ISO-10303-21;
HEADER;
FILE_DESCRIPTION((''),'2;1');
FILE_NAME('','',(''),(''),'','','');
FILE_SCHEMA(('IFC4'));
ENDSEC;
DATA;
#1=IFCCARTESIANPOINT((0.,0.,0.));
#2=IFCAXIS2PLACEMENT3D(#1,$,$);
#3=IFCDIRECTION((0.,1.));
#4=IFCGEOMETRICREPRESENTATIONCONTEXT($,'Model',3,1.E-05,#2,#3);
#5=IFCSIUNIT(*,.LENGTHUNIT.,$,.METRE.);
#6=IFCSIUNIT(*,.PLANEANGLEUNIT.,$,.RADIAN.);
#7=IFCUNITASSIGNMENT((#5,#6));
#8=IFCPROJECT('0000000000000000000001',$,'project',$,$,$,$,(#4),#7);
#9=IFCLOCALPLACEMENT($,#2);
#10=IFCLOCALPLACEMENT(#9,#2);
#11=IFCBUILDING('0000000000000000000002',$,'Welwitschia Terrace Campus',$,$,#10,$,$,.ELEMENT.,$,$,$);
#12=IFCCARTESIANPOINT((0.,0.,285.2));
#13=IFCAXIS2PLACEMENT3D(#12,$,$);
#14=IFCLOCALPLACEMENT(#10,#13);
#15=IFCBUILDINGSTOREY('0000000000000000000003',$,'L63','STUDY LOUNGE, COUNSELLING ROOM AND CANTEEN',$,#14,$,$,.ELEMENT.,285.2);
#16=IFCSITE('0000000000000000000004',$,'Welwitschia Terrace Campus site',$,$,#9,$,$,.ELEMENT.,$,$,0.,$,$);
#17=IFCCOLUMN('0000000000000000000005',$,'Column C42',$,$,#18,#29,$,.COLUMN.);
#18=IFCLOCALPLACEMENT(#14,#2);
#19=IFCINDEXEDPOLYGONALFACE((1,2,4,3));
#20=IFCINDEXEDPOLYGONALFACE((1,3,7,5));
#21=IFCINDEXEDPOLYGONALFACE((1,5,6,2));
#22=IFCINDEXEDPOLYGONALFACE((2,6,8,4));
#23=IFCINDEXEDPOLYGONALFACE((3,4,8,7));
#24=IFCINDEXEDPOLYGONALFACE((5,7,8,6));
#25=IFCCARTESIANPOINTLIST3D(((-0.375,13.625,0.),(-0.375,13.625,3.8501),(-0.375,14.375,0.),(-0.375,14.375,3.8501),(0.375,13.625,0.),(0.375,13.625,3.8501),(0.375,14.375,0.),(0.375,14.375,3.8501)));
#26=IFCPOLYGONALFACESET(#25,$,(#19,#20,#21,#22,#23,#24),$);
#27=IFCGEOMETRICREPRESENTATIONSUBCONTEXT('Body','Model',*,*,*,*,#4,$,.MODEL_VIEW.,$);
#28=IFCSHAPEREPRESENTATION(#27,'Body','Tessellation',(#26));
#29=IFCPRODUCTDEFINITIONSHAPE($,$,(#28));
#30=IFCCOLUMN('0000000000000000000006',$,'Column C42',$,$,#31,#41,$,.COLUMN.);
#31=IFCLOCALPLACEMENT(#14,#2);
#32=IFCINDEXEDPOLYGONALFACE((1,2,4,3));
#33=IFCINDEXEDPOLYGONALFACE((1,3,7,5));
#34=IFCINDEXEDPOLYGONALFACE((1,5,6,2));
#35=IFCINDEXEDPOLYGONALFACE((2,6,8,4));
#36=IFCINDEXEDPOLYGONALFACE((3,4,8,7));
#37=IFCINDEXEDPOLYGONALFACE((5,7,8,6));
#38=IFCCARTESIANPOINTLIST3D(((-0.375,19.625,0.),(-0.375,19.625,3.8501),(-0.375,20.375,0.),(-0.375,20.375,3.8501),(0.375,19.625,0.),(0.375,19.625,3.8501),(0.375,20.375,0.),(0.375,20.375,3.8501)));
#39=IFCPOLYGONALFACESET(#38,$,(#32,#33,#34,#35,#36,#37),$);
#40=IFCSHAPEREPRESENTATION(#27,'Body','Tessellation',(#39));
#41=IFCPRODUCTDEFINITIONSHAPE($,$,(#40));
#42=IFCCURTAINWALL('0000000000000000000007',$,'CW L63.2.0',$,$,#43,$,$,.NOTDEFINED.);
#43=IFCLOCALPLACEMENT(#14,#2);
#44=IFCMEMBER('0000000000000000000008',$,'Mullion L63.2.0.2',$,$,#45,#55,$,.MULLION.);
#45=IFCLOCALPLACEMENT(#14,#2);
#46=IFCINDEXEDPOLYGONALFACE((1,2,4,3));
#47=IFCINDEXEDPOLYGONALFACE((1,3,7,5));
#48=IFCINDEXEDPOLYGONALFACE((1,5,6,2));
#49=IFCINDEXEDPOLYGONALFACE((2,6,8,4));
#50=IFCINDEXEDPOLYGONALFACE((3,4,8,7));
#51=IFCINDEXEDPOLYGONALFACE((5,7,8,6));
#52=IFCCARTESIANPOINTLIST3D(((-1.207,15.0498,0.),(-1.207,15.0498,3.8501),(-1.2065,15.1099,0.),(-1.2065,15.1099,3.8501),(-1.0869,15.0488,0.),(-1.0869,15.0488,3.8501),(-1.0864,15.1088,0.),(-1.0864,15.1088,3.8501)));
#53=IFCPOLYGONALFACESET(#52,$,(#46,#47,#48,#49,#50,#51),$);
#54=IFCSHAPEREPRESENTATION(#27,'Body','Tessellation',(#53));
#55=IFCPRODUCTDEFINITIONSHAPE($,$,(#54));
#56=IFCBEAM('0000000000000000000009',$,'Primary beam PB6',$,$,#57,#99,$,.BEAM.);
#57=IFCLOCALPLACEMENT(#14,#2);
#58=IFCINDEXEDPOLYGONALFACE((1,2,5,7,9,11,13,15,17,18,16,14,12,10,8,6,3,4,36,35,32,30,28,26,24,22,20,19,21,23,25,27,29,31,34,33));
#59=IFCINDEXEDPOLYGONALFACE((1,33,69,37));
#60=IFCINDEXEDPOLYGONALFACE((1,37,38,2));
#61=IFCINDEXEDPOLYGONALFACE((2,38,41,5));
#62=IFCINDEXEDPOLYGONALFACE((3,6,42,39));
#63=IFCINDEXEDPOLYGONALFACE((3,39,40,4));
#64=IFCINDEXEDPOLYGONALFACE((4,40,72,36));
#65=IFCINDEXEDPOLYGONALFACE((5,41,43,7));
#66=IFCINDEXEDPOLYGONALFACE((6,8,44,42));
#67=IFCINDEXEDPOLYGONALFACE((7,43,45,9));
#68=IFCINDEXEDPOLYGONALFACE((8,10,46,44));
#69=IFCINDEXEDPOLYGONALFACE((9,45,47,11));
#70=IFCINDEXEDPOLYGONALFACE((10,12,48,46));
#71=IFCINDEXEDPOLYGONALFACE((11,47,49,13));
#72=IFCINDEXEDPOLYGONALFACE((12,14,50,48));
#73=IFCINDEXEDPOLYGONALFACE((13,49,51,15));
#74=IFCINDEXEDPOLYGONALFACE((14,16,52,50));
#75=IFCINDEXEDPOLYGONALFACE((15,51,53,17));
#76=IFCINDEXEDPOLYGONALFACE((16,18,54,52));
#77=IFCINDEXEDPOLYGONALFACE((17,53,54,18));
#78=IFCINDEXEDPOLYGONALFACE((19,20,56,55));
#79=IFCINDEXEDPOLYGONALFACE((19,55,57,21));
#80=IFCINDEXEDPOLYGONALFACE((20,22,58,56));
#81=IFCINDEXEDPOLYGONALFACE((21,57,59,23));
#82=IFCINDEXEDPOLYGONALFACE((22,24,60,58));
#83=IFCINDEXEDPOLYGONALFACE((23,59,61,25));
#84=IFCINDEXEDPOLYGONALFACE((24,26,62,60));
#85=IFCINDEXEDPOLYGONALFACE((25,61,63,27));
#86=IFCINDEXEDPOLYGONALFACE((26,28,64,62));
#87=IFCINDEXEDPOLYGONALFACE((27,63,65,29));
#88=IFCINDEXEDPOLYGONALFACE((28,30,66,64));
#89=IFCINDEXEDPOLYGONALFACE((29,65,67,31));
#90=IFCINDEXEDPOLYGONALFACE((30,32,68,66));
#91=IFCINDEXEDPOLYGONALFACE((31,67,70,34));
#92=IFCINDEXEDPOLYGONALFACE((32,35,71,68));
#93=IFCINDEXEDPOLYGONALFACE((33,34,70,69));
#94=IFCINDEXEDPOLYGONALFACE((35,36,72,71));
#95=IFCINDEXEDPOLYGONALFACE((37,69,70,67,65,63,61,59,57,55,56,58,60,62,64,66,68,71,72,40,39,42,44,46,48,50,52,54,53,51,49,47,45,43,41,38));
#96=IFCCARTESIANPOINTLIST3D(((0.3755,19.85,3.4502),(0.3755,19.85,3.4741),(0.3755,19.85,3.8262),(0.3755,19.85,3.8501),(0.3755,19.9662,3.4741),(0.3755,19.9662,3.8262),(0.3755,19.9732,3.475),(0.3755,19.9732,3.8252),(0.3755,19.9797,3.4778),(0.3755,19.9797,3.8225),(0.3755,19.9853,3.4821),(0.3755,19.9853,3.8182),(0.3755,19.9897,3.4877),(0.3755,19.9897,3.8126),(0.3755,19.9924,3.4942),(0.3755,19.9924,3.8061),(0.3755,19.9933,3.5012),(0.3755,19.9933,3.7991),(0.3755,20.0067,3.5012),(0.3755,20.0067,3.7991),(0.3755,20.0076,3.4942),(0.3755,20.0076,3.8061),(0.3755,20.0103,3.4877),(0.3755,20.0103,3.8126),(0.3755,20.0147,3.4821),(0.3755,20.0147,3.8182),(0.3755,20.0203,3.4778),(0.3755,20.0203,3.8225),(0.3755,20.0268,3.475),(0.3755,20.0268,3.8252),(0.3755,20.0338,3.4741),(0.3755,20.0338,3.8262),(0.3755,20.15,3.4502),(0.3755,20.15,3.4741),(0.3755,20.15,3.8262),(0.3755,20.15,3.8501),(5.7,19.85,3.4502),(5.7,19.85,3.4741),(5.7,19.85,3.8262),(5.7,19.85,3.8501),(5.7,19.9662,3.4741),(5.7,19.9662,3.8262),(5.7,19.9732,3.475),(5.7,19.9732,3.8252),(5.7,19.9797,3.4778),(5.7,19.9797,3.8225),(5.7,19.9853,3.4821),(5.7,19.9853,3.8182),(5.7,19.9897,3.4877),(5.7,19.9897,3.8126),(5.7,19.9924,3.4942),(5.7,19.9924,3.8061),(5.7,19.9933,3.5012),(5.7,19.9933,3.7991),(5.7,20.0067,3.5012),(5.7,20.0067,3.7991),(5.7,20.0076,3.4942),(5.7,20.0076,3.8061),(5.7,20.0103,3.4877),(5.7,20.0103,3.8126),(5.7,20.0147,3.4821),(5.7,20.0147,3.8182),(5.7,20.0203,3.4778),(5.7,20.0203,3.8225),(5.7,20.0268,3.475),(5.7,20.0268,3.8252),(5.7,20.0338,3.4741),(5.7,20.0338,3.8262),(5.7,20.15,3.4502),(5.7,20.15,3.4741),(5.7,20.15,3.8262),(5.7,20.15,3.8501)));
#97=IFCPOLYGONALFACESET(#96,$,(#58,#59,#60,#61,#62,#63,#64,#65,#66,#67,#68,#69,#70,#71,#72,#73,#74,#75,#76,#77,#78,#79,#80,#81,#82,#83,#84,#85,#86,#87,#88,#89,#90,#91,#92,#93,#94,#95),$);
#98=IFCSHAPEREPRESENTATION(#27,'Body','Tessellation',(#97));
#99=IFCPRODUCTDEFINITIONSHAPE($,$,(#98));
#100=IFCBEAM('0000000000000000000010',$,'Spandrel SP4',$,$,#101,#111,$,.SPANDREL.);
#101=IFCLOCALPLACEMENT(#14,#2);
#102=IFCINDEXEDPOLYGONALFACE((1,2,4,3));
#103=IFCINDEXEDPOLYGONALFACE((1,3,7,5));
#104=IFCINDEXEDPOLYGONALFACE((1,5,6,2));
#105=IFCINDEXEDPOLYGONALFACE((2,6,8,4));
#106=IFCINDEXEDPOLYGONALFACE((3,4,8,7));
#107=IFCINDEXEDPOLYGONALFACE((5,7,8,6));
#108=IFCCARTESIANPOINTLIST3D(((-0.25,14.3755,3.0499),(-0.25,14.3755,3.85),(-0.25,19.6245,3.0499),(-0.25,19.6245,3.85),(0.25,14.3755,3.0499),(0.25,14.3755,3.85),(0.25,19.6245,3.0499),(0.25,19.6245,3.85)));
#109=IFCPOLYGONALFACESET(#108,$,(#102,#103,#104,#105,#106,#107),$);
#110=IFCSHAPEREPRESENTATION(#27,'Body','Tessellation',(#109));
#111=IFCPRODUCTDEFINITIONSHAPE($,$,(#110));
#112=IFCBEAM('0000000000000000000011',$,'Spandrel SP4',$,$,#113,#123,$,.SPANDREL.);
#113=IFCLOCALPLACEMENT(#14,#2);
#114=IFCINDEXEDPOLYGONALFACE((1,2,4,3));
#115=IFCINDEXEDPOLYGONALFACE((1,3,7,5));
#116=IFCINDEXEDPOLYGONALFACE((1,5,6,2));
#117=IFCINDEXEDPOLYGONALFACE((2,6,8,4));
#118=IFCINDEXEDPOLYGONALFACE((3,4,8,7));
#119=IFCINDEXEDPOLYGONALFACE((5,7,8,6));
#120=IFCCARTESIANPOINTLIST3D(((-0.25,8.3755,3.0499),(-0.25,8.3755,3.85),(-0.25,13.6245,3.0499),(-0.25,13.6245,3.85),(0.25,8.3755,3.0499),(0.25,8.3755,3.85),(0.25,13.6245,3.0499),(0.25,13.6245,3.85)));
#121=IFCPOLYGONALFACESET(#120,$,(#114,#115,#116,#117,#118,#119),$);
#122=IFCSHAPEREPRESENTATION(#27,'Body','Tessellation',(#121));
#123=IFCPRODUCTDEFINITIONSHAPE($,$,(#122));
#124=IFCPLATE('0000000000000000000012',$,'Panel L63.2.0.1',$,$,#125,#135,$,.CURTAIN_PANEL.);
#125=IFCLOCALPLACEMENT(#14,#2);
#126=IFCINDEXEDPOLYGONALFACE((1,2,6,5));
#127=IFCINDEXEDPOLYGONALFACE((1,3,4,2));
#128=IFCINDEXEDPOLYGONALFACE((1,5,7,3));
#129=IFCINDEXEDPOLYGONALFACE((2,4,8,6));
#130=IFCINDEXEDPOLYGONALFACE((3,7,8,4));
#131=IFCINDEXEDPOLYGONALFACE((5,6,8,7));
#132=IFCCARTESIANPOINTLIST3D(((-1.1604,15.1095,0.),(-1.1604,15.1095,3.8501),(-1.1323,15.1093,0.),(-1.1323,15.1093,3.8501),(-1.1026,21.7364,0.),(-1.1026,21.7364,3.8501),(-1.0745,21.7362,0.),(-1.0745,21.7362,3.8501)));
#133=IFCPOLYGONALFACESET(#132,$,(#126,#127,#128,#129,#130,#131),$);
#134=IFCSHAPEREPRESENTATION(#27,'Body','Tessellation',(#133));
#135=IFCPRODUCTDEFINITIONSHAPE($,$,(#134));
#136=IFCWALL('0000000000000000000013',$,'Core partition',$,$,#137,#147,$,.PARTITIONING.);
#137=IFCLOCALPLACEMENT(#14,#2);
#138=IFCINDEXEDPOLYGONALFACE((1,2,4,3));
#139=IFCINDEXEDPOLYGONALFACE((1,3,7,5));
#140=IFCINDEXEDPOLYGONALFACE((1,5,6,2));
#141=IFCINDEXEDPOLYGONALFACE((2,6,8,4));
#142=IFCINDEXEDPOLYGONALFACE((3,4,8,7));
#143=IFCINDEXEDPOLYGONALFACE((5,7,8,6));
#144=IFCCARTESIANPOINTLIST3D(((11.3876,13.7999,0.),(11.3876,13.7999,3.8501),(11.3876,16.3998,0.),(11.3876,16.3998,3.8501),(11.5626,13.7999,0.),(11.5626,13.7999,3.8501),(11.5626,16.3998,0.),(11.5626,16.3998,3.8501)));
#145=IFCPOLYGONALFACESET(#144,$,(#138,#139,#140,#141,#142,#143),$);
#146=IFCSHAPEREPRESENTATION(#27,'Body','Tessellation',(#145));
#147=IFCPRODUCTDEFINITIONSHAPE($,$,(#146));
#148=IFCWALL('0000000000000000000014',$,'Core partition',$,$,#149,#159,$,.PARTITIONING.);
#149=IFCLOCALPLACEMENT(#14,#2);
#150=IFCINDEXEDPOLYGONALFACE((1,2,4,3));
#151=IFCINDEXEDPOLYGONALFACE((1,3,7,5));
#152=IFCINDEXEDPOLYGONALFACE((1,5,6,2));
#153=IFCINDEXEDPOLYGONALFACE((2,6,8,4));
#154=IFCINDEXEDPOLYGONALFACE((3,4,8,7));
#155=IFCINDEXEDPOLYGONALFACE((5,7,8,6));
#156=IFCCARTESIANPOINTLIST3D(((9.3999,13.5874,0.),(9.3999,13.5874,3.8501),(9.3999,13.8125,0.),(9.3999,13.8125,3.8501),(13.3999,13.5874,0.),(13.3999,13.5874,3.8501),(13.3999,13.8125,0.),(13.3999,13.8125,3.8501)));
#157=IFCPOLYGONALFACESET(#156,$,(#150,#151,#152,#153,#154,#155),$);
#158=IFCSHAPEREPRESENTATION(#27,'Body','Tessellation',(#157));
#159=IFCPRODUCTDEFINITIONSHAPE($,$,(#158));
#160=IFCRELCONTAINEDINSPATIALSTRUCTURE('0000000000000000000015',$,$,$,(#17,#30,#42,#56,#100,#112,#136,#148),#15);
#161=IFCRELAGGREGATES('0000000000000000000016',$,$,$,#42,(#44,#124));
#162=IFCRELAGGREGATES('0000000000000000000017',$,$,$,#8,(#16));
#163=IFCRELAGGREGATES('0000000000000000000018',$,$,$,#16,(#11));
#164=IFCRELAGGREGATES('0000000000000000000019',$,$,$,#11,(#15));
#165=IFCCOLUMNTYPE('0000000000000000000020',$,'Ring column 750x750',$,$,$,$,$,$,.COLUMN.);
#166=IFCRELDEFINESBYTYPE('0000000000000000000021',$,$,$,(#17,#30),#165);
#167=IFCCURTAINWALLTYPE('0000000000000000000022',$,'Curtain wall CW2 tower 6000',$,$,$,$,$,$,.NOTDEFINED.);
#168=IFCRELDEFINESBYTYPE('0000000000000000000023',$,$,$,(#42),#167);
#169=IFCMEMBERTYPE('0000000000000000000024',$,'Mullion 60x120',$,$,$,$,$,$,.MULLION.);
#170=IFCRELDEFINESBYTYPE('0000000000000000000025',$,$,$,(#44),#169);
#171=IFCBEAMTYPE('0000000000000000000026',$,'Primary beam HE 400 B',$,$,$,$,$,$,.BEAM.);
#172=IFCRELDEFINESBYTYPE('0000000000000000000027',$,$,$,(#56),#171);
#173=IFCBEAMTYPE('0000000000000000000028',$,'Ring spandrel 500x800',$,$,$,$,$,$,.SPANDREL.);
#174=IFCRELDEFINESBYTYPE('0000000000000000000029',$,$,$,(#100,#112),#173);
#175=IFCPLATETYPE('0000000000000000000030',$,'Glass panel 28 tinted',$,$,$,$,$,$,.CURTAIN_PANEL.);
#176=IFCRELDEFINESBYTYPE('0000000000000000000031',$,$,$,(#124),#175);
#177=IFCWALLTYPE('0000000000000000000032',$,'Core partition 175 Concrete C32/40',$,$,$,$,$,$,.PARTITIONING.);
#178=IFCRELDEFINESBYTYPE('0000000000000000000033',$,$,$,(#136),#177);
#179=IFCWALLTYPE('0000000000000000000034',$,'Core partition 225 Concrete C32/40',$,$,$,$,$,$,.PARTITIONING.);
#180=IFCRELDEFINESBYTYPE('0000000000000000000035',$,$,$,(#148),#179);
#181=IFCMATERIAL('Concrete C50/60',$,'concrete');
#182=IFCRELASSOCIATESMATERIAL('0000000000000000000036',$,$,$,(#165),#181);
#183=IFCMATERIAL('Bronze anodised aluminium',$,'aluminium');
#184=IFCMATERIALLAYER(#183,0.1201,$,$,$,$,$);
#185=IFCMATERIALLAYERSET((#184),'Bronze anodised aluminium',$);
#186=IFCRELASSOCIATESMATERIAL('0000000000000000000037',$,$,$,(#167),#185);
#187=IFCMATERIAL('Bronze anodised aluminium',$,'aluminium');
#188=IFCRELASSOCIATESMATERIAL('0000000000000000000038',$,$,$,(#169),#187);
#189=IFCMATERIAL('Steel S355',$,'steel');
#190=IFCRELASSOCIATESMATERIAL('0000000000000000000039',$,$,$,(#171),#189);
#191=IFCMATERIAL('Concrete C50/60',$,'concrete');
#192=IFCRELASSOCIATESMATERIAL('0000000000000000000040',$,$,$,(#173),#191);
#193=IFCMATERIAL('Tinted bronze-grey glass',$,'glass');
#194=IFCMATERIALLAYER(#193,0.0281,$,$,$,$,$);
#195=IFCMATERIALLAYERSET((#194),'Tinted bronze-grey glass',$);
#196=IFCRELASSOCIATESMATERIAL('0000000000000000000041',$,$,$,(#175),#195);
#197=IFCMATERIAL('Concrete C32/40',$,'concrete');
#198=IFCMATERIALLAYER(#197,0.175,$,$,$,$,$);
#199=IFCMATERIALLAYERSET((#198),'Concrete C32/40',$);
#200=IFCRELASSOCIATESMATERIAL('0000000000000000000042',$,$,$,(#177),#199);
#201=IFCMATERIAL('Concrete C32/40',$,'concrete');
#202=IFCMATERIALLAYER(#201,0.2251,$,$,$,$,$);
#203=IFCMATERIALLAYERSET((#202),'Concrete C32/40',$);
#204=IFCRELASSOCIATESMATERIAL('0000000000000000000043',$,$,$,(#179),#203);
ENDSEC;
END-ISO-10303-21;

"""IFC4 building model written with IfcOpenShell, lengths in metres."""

from ifc_helpers import new_model, si_unit, direction, frame, frame_2d, origin, origin_2d, place, context, subcontext, project, spatial, rectangle, i_section, extrude, material, layer, layer_set, material_profile, profile_set, type_object, element, aggregate, save


model = new_model("IFC4")

# Units and contexts
model_context = context("Model", 3, precision=1e-05, world=origin(), true_north=direction((0.0, 1.0)))
body_context = subcontext(model_context, "Body", "Model", "MODEL_VIEW")
ifc_project = project(units=[si_unit("LENGTHUNIT", "METRE"), si_unit("PLANEANGLEUNIT", "RADIAN")], contexts=[model_context])

# Site, building, storey
site_placement = place(None, origin())
site = spatial("IfcSite", under=ifc_project, at=site_placement, Name="Welwitschia Terrace Campus site", CompositionType="ELEMENT", RefElevation=0.0)
building_placement = place(site_placement, origin())
building = spatial("IfcBuilding", under=site, at=building_placement, Name="Welwitschia Terrace Campus", CompositionType="ELEMENT")
storey_placement = place(building_placement, frame((0.0, 0.0, 285.2)))
storey = spatial("IfcBuildingStorey", under=building, at=storey_placement, Name="L63", Description="STUDY LOUNGE, COUNSELLING ROOM AND CANTEEN", CompositionType="ELEMENT", Elevation=285.2)

# Columns
ifc_material_1 = material(Name="Concrete C50/60", Category="concrete")
ifc_material_profile_1 = material_profile(ifc_material_1, rectangle(XDim=0.75, YDim=0.75, at=origin_2d()))
ifc_profile_set_1 = profile_set([ifc_material_profile_1], Name="Concrete C50/60")
column_type = type_object("IfcColumnType", Name="Ring column 750x750", PredefinedType="COLUMN", material=ifc_profile_set_1)
for number, where, z_axis, x_axis, name in (
    (1, (0.0, 14.0, 0.0), (0.0, 0.0, 1.0), (1.0, 0.0, 0.0), "Column C42"),
    (2, (0.0, 20.0, 0.0), (0.0, 0.0, 1.0), (1.0, 0.0, 0.0), "Column C42"),
):
    element("IfcColumn", number, at=place(storey_placement, frame(where, z_axis=z_axis, x_axis=x_axis)), inside=storey, type_object=column_type, Name=name, PredefinedType="COLUMN", context=body_context, shape_type="SweptSolid", body=[
        extrude(rectangle(XDim=0.75, YDim=0.75, at=origin_2d()), origin(), (0.0, 0.0, 1.0), 3.8501),
    ])

# Curtain wall, member
ifc_material_2 = material(Name="Bronze anodised aluminium", Category="aluminium")
ifc_layer_1 = layer(ifc_material_2, 0.1201)
ifc_layer_set_1 = layer_set([ifc_layer_1], Name="Bronze anodised aluminium")
curtain_wall_type = type_object("IfcCurtainWallType", Name="Curtain wall CW2 tower 6000", PredefinedType="NOTDEFINED", material=ifc_layer_set_1)
curtain_wall_placement = place(storey_placement, origin())
curtain_wall = element("IfcCurtainWall", 3, at=curtain_wall_placement, inside=storey, type_object=curtain_wall_type, Name="CW L63.2.0", PredefinedType="NOTDEFINED")
ifc_material_3 = material(Name="Bronze anodised aluminium", Category="aluminium")
ifc_material_profile_2 = material_profile(ifc_material_3, rectangle(XDim=0.1201, YDim=0.0601, at=origin_2d()))
ifc_profile_set_2 = profile_set([ifc_material_profile_2], Name="Bronze anodised aluminium")
member_type = type_object("IfcMemberType", Name="Mullion 60x120", PredefinedType="MULLION", material=ifc_profile_set_2)
member_placement = place(storey_placement, frame((-1.1467, 15.0793, 0.0), z_axis=(0.0, 0.0, 1.0), x_axis=(0.999962, -0.008727, 0.0)))
member = element("IfcMember", 4, at=member_placement, type_object=member_type, Name="Mullion L63.2.0.2", PredefinedType="MULLION", context=body_context, shape_type="SweptSolid", body=[
    extrude(rectangle(XDim=0.1201, YDim=0.0601, at=origin_2d()), origin(), (0.0, 0.0, 1.0), 3.8501),
])

# Beams
ifc_material_4 = material(Name="Steel S355", Category="steel")
ifc_material_profile_3 = material_profile(ifc_material_4, i_section(OverallWidth=0.3, OverallDepth=0.3999, WebThickness=0.0134, FlangeThickness=0.0239, FilletRadius=0.0271, at=origin_2d()))
ifc_profile_set_3 = profile_set([ifc_material_profile_3], Name="Steel S355")
beam_type_1 = type_object("IfcBeamType", Name="Primary beam HE 400 B", PredefinedType="BEAM", material=ifc_profile_set_3)
beam_placement = place(storey_placement, frame((0.3755, 20.0, 3.6501), z_axis=(1.0, 0.0, 0.0), x_axis=(0.0, 1.0, 0.0)))
element("IfcBeam", 5, at=beam_placement, inside=storey, type_object=beam_type_1, Name="Primary beam PB6", PredefinedType="BEAM", context=body_context, shape_type="SweptSolid", body=[
    extrude(i_section(OverallWidth=0.3, OverallDepth=0.3999, WebThickness=0.0134, FlangeThickness=0.0239, FilletRadius=0.0271, at=origin_2d()), origin(), (0.0, 0.0, 1.0), 5.3245),
])
ifc_material_5 = material(Name="Concrete C50/60", Category="concrete")
ifc_material_profile_4 = material_profile(ifc_material_5, rectangle(XDim=0.5, YDim=0.8, at=origin_2d()))
ifc_profile_set_4 = profile_set([ifc_material_profile_4], Name="Concrete C50/60")
beam_type_2 = type_object("IfcBeamType", Name="Ring spandrel 500x800", PredefinedType="SPANDREL", material=ifc_profile_set_4)
for number, where, z_axis, x_axis, name in (
    (6, (0.0, 19.6245, 3.45), (0.0, -1.0, 0.0), (1.0, 0.0, 0.0), "Spandrel SP4"),
    (7, (0.0, 13.6245, 3.45), (0.0, -1.0, 0.0), (1.0, 0.0, 0.0), "Spandrel SP4"),
):
    element("IfcBeam", number, at=place(storey_placement, frame(where, z_axis=z_axis, x_axis=x_axis)), inside=storey, type_object=beam_type_2, Name=name, PredefinedType="SPANDREL", context=body_context, shape_type="SweptSolid", body=[
        extrude(rectangle(XDim=0.5, YDim=0.8, at=origin_2d()), origin(), (0.0, 0.0, 1.0), 5.249),
    ])

# Plate
ifc_material_6 = material(Name="Tinted bronze-grey glass", Category="glass")
ifc_layer_2 = layer(ifc_material_6, 0.0281)
ifc_layer_set_2 = layer_set([ifc_layer_2], Name="Tinted bronze-grey glass")
plate_type = type_object("IfcPlateType", Name="Glass panel 28 tinted", PredefinedType="CURTAIN_PANEL", material=ifc_layer_set_2)
plate_placement = place(storey_placement, frame((-1.1174, 18.4229, 0.0), z_axis=(0.0, 0.0, 1.0), x_axis=(-0.008727, -0.999962, 0.0)))
plate = element("IfcPlate", 8, at=plate_placement, type_object=plate_type, Name="Panel L63.2.0.1", PredefinedType="CURTAIN_PANEL", context=body_context, shape_type="SweptSolid", body=[
    extrude(rectangle(XDim=6.6272, YDim=0.0281, at=origin_2d()), origin(), (0.0, 0.0, 1.0), 3.8501),
])
aggregate(curtain_wall, [member, plate])

# Walls
ifc_material_7 = material(Name="Concrete C32/40", Category="concrete")
ifc_layer_3 = layer(ifc_material_7, 0.175)
ifc_layer_set_3 = layer_set([ifc_layer_3], Name="Concrete C32/40")
wall_type_1 = type_object("IfcWallType", Name="Core partition 175 Concrete C32/40", PredefinedType="PARTITIONING", material=ifc_layer_set_3)
wall_1_placement = place(storey_placement, frame((11.4751, 13.8, 0.0), z_axis=(0.0, 0.0, 1.0), x_axis=(0.0, 1.0, 0.0)))
element("IfcWall", 9, at=wall_1_placement, inside=storey, type_object=wall_type_1, Name="Core partition", PredefinedType="PARTITIONING", context=body_context, shape_type="SweptSolid", body=[
    extrude(rectangle(XDim=2.5999, YDim=0.175, at=frame_2d((1.2998, 0.0))), origin(), (0.0, 0.0, 1.0), 3.8501),
])
ifc_material_8 = material(Name="Concrete C32/40", Category="concrete")
ifc_layer_4 = layer(ifc_material_8, 0.2251)
ifc_layer_set_4 = layer_set([ifc_layer_4], Name="Concrete C32/40")
wall_type_2 = type_object("IfcWallType", Name="Core partition 225 Concrete C32/40", PredefinedType="PARTITIONING", material=ifc_layer_set_4)
wall_2_placement = place(storey_placement, frame((9.3999, 13.7, 0.0), z_axis=(0.0, 0.0, 1.0), x_axis=(1.0, 0.0, 0.0)))
element("IfcWall", 10, at=wall_2_placement, inside=storey, type_object=wall_type_2, Name="Core partition", PredefinedType="PARTITIONING", context=body_context, shape_type="SweptSolid", body=[
    extrude(rectangle(XDim=4.0, YDim=0.2251, at=frame_2d((2.0, 0.0))), origin(), (0.0, 0.0, 1.0), 3.8501),
])

save(model, "model.ifc")
